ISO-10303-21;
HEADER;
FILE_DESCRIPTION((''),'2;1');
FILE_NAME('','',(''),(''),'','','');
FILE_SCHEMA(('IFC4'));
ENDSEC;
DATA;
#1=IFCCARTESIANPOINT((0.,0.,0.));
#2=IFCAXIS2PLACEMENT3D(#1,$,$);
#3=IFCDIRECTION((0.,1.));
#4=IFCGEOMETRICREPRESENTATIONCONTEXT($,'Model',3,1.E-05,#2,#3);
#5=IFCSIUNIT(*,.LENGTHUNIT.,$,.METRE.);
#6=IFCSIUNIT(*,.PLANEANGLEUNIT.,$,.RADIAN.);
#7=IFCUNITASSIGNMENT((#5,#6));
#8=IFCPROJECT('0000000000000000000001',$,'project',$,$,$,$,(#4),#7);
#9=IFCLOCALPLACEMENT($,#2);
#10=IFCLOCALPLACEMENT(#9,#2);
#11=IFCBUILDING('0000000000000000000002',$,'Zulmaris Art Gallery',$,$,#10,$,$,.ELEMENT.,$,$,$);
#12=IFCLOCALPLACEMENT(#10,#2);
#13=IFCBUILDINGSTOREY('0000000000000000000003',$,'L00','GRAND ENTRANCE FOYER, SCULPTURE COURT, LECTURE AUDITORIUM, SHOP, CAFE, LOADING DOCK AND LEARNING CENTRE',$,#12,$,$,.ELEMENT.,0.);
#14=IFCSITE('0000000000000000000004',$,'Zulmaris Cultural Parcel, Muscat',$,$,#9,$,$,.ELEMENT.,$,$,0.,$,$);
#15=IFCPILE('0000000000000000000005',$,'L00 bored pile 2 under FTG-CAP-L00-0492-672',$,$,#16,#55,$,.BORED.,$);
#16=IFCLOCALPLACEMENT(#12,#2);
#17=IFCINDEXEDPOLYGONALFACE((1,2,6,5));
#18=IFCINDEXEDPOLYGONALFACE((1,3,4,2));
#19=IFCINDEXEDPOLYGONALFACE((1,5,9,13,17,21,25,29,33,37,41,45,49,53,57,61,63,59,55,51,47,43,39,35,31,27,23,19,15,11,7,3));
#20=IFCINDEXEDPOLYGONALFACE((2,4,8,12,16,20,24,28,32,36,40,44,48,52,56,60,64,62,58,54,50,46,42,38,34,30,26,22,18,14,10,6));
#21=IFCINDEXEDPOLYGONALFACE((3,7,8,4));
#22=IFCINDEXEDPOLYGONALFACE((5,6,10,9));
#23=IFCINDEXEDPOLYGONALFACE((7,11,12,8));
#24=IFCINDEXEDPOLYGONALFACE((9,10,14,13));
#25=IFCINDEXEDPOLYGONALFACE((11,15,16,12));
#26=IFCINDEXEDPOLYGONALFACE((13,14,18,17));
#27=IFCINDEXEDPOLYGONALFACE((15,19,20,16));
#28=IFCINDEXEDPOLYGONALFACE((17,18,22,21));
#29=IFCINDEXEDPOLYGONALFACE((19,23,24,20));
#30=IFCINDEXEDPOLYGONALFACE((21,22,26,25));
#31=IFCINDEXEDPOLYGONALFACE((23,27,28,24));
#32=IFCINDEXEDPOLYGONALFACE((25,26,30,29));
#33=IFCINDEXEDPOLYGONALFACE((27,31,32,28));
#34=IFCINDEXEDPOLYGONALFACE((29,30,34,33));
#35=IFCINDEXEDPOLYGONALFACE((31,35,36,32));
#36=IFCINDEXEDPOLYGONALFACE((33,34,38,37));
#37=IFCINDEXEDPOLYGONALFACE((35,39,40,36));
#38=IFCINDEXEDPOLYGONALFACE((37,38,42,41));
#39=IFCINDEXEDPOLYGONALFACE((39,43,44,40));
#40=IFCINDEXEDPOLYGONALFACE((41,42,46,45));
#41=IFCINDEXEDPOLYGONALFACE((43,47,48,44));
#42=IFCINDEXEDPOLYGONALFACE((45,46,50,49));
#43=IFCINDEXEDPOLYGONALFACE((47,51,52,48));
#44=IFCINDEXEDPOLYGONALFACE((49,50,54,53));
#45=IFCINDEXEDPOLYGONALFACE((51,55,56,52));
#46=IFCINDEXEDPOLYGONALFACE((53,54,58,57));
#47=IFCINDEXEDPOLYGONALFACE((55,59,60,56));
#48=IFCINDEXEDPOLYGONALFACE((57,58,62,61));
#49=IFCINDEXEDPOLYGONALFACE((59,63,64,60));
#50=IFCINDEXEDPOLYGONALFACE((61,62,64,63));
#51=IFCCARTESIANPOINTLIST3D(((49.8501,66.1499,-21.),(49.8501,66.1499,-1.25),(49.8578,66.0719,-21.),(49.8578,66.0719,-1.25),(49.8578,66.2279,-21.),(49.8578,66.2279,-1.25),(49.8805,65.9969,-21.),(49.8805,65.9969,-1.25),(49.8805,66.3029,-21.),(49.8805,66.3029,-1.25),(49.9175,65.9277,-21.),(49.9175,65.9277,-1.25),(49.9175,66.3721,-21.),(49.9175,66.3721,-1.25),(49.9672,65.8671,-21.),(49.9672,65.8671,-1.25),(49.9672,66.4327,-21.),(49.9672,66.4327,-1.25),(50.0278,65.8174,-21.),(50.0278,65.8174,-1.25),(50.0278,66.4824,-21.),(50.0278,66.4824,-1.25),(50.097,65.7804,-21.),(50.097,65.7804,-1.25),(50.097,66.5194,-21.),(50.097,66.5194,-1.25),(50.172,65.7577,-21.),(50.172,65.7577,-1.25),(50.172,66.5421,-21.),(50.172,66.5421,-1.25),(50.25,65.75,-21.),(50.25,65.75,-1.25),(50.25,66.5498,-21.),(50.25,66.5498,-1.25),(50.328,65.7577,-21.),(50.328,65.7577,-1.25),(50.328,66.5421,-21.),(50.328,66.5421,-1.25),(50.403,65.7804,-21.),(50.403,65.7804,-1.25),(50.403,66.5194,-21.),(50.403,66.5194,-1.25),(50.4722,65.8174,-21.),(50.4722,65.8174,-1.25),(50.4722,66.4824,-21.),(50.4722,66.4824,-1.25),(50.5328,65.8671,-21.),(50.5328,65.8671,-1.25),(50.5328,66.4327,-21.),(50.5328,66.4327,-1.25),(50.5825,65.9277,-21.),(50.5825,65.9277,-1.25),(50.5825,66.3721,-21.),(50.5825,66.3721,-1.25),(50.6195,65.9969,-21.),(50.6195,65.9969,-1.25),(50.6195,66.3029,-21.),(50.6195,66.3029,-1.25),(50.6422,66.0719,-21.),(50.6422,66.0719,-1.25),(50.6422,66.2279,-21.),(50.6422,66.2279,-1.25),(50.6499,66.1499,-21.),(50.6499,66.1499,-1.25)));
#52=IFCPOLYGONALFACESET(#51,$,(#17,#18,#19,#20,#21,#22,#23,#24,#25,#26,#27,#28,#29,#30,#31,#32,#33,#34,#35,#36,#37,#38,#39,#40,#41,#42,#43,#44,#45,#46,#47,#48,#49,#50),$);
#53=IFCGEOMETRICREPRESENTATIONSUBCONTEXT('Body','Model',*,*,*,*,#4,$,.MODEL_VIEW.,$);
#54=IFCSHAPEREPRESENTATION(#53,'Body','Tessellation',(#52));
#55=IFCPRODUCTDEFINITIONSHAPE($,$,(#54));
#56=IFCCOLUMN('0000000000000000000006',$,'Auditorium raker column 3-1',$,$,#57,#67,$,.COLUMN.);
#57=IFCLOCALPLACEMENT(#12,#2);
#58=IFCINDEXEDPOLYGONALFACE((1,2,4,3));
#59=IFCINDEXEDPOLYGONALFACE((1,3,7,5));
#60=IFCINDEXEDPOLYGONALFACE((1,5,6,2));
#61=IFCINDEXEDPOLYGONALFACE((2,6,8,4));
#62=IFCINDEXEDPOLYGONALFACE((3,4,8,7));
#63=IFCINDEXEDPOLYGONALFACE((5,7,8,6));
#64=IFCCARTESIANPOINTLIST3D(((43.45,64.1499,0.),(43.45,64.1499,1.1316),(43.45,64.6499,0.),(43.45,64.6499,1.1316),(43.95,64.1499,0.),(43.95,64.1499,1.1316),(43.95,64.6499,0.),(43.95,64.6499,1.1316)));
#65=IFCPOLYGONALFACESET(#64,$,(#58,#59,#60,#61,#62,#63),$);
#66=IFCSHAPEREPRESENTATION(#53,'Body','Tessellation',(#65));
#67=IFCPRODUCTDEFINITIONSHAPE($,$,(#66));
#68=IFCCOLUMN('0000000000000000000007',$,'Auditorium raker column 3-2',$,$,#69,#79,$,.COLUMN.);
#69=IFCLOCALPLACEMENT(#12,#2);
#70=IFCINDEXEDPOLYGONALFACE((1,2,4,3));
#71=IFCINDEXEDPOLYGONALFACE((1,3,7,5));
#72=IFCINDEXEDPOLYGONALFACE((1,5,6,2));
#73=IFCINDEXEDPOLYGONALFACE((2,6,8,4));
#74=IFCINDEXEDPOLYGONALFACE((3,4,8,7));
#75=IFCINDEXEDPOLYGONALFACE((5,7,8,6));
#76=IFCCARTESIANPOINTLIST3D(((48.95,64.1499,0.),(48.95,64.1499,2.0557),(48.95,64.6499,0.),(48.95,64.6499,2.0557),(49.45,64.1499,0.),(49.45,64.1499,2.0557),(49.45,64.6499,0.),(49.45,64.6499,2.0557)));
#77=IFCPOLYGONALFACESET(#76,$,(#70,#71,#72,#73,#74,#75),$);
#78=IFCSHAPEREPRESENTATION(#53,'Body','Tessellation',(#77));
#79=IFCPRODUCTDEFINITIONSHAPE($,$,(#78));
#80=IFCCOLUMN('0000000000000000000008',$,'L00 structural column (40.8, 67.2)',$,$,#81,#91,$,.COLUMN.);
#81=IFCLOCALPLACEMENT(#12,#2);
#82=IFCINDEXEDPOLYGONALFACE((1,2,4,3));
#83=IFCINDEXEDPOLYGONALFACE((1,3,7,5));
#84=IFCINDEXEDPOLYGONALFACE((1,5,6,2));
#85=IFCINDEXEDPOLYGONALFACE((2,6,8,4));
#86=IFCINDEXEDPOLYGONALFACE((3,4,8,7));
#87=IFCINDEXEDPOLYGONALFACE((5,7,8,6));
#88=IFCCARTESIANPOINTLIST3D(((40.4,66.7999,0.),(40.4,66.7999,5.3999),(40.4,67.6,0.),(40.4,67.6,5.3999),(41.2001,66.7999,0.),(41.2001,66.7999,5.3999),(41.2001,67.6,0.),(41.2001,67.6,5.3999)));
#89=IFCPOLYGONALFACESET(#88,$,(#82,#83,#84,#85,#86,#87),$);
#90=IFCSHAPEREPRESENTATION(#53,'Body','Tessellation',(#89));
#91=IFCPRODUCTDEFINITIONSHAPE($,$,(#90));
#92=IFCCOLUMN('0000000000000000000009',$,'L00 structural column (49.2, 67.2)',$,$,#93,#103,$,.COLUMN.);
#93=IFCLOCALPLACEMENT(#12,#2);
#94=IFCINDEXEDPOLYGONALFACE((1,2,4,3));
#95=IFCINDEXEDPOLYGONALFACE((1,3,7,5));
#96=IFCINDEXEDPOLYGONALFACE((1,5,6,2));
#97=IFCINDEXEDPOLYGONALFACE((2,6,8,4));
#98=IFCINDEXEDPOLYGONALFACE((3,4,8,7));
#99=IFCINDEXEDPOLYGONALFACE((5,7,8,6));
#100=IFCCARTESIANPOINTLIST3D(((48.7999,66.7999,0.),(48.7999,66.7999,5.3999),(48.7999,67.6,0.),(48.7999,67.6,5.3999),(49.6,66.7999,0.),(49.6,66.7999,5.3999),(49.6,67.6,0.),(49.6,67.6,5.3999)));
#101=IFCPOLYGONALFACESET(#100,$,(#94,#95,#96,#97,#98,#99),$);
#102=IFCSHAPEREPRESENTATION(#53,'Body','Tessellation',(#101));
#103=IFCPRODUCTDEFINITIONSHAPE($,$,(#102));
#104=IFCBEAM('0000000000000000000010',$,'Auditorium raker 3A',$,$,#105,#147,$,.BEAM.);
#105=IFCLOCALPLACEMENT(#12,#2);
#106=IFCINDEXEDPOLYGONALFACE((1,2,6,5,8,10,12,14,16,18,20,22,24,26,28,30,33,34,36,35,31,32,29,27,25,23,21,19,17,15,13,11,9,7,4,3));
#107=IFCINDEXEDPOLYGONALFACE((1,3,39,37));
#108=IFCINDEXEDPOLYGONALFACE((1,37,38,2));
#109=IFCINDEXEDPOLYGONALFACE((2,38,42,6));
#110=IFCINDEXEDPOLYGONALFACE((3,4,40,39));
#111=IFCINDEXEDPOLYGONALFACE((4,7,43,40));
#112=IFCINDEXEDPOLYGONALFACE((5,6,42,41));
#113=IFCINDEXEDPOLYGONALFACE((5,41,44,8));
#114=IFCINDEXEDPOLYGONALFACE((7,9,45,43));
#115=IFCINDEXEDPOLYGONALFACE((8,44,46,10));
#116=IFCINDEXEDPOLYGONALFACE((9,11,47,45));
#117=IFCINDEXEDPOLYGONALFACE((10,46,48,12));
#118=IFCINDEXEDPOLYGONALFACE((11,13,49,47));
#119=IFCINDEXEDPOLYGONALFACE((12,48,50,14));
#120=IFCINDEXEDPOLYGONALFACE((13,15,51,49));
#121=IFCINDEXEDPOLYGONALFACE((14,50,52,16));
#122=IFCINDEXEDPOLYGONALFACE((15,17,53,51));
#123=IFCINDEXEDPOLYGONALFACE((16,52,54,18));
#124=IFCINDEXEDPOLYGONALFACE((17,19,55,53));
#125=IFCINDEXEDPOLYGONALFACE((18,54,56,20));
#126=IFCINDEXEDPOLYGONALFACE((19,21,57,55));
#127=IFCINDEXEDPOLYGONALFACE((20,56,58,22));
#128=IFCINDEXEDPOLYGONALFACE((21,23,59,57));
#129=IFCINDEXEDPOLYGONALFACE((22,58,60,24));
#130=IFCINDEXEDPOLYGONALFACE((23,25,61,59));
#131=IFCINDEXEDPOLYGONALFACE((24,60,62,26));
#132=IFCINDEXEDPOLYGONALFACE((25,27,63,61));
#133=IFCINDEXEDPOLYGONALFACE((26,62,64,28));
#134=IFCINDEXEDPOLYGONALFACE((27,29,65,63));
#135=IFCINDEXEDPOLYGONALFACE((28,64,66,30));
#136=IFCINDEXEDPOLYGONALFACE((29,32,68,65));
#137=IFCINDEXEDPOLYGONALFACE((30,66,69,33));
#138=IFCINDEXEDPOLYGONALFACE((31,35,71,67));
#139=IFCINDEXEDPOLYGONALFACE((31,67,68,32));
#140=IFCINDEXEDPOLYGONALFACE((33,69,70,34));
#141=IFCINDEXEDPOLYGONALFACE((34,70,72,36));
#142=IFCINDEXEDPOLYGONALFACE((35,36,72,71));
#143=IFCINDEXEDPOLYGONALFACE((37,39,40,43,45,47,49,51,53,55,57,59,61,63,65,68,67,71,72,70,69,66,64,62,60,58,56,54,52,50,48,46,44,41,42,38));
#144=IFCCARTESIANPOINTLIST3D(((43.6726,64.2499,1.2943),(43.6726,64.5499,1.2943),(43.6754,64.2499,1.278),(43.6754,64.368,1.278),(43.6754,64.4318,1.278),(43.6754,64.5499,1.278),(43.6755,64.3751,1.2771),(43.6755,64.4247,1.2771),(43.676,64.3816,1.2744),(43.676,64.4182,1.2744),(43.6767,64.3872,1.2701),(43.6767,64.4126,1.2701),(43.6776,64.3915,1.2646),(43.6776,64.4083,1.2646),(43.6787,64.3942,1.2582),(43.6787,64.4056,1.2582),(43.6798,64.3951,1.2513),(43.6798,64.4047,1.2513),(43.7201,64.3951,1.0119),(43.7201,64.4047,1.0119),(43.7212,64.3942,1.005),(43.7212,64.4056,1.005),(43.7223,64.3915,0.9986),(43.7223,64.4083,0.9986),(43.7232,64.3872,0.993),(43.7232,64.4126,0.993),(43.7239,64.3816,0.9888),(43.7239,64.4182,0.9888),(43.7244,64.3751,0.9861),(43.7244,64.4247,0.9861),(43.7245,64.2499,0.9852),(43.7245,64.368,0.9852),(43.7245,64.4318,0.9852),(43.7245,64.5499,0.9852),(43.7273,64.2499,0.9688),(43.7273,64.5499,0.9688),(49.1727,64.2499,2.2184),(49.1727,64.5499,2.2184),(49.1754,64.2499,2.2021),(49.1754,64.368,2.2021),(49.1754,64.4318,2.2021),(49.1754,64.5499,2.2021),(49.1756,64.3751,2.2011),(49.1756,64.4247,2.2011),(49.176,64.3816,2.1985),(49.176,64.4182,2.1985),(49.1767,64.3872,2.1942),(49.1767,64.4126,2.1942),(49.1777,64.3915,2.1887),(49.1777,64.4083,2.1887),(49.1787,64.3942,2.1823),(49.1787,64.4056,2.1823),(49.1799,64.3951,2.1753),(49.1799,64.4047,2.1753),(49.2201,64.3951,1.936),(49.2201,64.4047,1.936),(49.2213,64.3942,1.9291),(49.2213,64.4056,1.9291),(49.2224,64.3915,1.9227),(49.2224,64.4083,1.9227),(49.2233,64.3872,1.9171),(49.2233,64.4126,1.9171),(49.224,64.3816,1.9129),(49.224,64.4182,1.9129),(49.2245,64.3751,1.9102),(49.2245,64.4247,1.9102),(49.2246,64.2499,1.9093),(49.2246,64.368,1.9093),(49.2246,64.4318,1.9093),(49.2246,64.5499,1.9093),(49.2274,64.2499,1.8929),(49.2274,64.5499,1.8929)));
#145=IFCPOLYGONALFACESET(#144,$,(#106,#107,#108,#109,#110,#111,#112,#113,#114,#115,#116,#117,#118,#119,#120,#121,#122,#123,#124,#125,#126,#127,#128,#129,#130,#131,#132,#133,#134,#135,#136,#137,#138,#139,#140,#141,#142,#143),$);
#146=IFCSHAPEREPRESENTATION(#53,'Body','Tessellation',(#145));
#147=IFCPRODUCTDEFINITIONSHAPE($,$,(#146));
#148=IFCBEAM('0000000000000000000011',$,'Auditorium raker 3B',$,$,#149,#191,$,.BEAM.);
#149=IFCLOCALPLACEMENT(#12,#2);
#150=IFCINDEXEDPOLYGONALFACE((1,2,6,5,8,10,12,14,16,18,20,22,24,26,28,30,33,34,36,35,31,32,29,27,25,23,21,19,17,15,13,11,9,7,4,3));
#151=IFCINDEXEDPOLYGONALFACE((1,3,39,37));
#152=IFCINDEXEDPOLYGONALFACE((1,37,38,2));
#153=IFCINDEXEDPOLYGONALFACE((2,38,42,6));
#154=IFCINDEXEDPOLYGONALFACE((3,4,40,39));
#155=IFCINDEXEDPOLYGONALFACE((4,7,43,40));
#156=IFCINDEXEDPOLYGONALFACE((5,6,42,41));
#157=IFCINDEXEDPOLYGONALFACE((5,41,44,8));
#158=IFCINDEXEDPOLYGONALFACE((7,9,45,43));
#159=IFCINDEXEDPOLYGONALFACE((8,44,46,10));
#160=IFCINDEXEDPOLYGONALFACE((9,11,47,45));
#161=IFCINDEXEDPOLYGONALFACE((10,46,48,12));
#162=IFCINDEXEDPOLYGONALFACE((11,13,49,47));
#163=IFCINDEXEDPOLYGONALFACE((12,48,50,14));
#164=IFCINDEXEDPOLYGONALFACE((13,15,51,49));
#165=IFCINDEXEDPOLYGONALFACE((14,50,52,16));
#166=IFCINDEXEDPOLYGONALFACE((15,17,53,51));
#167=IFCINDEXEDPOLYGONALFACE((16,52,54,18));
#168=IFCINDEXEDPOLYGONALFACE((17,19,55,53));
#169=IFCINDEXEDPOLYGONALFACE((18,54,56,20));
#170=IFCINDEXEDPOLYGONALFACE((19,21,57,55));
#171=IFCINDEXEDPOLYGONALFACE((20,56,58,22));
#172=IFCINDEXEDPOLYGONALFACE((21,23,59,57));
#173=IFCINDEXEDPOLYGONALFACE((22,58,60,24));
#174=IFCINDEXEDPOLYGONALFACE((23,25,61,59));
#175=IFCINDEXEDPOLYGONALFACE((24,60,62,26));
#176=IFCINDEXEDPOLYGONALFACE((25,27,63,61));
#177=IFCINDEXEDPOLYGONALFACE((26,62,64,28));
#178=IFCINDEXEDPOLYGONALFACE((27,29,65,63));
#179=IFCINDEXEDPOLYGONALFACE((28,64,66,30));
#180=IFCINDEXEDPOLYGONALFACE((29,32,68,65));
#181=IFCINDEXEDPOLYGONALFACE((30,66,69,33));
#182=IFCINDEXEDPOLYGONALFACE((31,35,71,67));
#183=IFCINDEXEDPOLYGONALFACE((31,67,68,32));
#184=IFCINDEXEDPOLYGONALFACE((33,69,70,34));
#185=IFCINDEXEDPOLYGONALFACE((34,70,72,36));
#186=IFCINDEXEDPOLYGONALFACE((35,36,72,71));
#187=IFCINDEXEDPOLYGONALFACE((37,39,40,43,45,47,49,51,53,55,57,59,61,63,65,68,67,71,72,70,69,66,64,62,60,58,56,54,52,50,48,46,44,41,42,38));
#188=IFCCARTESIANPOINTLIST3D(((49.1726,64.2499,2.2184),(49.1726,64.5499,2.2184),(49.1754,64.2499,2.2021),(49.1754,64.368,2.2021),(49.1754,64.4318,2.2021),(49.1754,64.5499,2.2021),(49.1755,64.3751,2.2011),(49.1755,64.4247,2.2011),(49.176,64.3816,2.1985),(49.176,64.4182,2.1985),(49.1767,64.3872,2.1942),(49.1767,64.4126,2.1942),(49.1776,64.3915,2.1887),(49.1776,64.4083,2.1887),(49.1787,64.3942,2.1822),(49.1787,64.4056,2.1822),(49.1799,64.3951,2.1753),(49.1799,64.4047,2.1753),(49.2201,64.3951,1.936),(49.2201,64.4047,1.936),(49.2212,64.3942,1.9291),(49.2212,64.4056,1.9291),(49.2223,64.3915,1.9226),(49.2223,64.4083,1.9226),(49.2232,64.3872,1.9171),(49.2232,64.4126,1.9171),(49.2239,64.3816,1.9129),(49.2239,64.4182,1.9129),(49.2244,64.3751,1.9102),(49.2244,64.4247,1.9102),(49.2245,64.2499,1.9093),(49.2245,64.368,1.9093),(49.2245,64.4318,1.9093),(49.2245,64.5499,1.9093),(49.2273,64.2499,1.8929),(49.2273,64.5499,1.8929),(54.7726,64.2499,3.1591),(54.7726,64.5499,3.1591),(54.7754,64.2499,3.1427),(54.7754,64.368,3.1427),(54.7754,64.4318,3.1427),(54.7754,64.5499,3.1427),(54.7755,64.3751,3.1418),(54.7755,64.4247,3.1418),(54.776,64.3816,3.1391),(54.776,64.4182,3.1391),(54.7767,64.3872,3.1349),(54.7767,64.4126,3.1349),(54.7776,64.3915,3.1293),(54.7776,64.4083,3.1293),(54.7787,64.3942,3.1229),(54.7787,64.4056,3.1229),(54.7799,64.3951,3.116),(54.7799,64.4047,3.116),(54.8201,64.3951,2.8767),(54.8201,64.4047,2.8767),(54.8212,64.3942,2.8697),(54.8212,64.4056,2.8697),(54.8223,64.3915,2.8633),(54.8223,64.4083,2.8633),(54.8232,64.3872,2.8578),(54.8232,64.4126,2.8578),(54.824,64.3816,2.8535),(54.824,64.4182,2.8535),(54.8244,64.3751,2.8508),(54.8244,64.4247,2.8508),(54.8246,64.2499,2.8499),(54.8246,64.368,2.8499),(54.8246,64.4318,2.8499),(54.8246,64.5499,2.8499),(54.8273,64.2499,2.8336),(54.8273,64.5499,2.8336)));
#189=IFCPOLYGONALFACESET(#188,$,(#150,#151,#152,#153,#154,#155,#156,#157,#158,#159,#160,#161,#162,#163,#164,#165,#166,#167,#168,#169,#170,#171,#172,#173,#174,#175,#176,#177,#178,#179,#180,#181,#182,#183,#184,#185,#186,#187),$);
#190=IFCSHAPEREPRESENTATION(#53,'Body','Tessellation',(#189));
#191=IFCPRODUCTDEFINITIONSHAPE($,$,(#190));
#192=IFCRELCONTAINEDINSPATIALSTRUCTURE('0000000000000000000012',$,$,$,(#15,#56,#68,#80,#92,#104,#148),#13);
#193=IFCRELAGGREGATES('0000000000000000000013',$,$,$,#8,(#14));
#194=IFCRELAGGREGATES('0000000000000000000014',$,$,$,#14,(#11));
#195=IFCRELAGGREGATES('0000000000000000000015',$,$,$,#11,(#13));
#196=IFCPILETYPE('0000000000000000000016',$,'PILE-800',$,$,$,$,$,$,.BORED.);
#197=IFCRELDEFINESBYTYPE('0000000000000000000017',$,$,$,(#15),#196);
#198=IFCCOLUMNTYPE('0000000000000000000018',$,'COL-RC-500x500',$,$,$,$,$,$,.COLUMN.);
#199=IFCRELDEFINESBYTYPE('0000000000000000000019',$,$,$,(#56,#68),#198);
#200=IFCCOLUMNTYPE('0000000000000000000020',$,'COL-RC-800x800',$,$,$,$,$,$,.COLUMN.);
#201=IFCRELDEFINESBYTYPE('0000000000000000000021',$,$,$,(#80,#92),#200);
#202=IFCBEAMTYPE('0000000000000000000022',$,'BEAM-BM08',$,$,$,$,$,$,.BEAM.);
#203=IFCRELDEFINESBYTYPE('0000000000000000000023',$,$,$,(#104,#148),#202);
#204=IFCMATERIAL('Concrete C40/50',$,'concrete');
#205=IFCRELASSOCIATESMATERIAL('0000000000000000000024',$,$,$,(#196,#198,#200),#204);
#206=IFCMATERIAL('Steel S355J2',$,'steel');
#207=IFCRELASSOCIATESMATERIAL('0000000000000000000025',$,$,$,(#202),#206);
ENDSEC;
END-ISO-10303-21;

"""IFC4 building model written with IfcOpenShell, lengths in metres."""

from ifc_helpers import new_model, si_unit, direction, frame, origin, origin_2d, place, context, subcontext, project, spatial, rectangle, circle, i_section, extrude, material, material_profile, profile_set, type_object, element, save


model = new_model("IFC4")

# Units and contexts
model_context = context("Model", 3, precision=1e-05, world=origin(), true_north=direction((0.0, 1.0)))
body_context = subcontext(model_context, "Body", "Model", "MODEL_VIEW")
ifc_project = project(units=[si_unit("LENGTHUNIT", "METRE"), si_unit("PLANEANGLEUNIT", "RADIAN")], contexts=[model_context])

# Site, building, storey
site_placement = place(None, origin())
site = spatial("IfcSite", under=ifc_project, at=site_placement, Name="Zulmaris Cultural Parcel, Muscat", CompositionType="ELEMENT", RefElevation=0.0)
building_placement = place(site_placement, origin())
building = spatial("IfcBuilding", under=site, at=building_placement, Name="Zulmaris Art Gallery", CompositionType="ELEMENT")
storey_placement = place(building_placement, origin())
storey = spatial("IfcBuildingStorey", under=building, at=storey_placement, Name="L00", Description="GRAND ENTRANCE FOYER, SCULPTURE COURT, LECTURE AUDITORIUM, SHOP, CAFE, LOADING DOCK AND LEARNING CENTRE", CompositionType="ELEMENT", Elevation=0.0)

# Pile
ifc_material_1 = material(Name="Concrete C40/50", Category="concrete")
ifc_material_profile_1 = material_profile(ifc_material_1, circle(Radius=0.3999, at=origin_2d()), Name="PILE DIA 800")
ifc_profile_set_1 = profile_set([ifc_material_profile_1], Name="Concrete C40/50")
pile_type = type_object("IfcPileType", Name="PILE-800", PredefinedType="BORED", material=ifc_profile_set_1)
for number, where, z_axis, x_axis, name in (
    (1, (50.25, 66.1499, -1.25), (0.0, 0.0, -1.0), (1.0, 0.0, 0.0), "L00 bored pile 2 under FTG-CAP-L00-0492-672"),
):
    element("IfcPile", number, at=place(storey_placement, frame(where, z_axis=z_axis, x_axis=x_axis)), inside=storey, type_object=pile_type, Name=name, PredefinedType="BORED", context=body_context, shape_type="SweptSolid", body=[
        extrude(circle(Radius=0.3999, at=origin_2d()), origin(), (0.0, 0.0, 1.0), 19.75),
    ])

# Columns
ifc_material_profile_2 = material_profile(ifc_material_1, rectangle(XDim=0.5, YDim=0.5, at=origin_2d()), Name="RC 500x500")
ifc_profile_set_2 = profile_set([ifc_material_profile_2], Name="Concrete C40/50")
column_type_1 = type_object("IfcColumnType", Name="COL-RC-500x500", PredefinedType="COLUMN", material=ifc_profile_set_2)
column_1_placement = place(storey_placement, frame((43.7, 64.3999, 0.0), z_axis=(0.0, 0.0, 1.0), x_axis=(1.0, 0.0, 0.0)))
element("IfcColumn", 2, at=column_1_placement, inside=storey, type_object=column_type_1, Name="Auditorium raker column 3-1", PredefinedType="COLUMN", context=body_context, shape_type="SweptSolid", body=[
    extrude(rectangle(XDim=0.5, YDim=0.5, at=origin_2d()), origin(), (0.0, 0.0, 1.0), 1.1316),
])
column_2_placement = place(storey_placement, frame((49.2, 64.3999, 0.0), z_axis=(0.0, 0.0, 1.0), x_axis=(1.0, 0.0, 0.0)))
element("IfcColumn", 3, at=column_2_placement, inside=storey, type_object=column_type_1, Name="Auditorium raker column 3-2", PredefinedType="COLUMN", context=body_context, shape_type="SweptSolid", body=[
    extrude(rectangle(XDim=0.5, YDim=0.5, at=origin_2d()), origin(), (0.0, 0.0, 1.0), 2.0557),
])
ifc_material_profile_3 = material_profile(ifc_material_1, rectangle(XDim=0.8, YDim=0.8, at=origin_2d()), Name="RC 800x800")
ifc_profile_set_3 = profile_set([ifc_material_profile_3], Name="Concrete C40/50")
column_type_2 = type_object("IfcColumnType", Name="COL-RC-800x800", PredefinedType="COLUMN", material=ifc_profile_set_3)
for number, where, z_axis, x_axis, name in (
    (4, (40.8, 67.2, 0.0), (0.0, 0.0, 1.0), (1.0, 0.0, 0.0), "L00 structural column (40.8, 67.2)"),
    (5, (49.2, 67.2, 0.0), (0.0, 0.0, 1.0), (1.0, 0.0, 0.0), "L00 structural column (49.2, 67.2)"),
):
    element("IfcColumn", number, at=place(storey_placement, frame(where, z_axis=z_axis, x_axis=x_axis)), inside=storey, type_object=column_type_2, Name=name, PredefinedType="COLUMN", context=body_context, shape_type="SweptSolid", body=[
        extrude(rectangle(XDim=0.8, YDim=0.8, at=origin_2d()), origin(), (0.0, 0.0, 1.0), 5.3999),
    ])

# Beams
ifc_material_2 = material(Name="Steel S355J2", Category="steel")
ifc_material_profile_4 = material_profile(ifc_material_2, i_section(OverallWidth=0.3, OverallDepth=0.3301, WebThickness=0.0095, FlangeThickness=0.0166, FilletRadius=0.0271, at=origin_2d()), Name="HEA 340")
ifc_profile_set_4 = profile_set([ifc_material_profile_4], Name="Steel S355J2")
beam_type_1 = type_object("IfcBeamType", Name="BEAM-BM08", PredefinedType="BEAM", material=ifc_profile_set_4)
beam_1_placement = place(storey_placement, frame((43.7, 64.3999, 1.1316), z_axis=(0.986178, 0.0, 0.165691), x_axis=(0.0, 1.0, 0.0)))
element("IfcBeam", 6, at=beam_1_placement, inside=storey, type_object=beam_type_1, Name="Auditorium raker 3A", PredefinedType="BEAM", context=body_context, shape_type="SweptSolid", body=[
    extrude(i_section(OverallWidth=0.3, OverallDepth=0.3301, WebThickness=0.0095, FlangeThickness=0.0166, FilletRadius=0.0271, at=origin_2d()), origin(), (0.0, 0.0, 1.0), 5.5771),
])
beam_2_placement = place(storey_placement, frame((49.2, 64.3999, 2.0557), z_axis=(0.986184, 0.0, 0.165654), x_axis=(0.0, 1.0, 0.0)))
element("IfcBeam", 7, at=beam_2_placement, inside=storey, type_object=beam_type_1, Name="Auditorium raker 3B", PredefinedType="BEAM", context=body_context, shape_type="SweptSolid", body=[
    extrude(i_section(OverallWidth=0.3, OverallDepth=0.3301, WebThickness=0.0095, FlangeThickness=0.0166, FilletRadius=0.0271, at=origin_2d()), origin(), (0.0, 0.0, 1.0), 5.6785),
])

save(model, "model.ifc")
